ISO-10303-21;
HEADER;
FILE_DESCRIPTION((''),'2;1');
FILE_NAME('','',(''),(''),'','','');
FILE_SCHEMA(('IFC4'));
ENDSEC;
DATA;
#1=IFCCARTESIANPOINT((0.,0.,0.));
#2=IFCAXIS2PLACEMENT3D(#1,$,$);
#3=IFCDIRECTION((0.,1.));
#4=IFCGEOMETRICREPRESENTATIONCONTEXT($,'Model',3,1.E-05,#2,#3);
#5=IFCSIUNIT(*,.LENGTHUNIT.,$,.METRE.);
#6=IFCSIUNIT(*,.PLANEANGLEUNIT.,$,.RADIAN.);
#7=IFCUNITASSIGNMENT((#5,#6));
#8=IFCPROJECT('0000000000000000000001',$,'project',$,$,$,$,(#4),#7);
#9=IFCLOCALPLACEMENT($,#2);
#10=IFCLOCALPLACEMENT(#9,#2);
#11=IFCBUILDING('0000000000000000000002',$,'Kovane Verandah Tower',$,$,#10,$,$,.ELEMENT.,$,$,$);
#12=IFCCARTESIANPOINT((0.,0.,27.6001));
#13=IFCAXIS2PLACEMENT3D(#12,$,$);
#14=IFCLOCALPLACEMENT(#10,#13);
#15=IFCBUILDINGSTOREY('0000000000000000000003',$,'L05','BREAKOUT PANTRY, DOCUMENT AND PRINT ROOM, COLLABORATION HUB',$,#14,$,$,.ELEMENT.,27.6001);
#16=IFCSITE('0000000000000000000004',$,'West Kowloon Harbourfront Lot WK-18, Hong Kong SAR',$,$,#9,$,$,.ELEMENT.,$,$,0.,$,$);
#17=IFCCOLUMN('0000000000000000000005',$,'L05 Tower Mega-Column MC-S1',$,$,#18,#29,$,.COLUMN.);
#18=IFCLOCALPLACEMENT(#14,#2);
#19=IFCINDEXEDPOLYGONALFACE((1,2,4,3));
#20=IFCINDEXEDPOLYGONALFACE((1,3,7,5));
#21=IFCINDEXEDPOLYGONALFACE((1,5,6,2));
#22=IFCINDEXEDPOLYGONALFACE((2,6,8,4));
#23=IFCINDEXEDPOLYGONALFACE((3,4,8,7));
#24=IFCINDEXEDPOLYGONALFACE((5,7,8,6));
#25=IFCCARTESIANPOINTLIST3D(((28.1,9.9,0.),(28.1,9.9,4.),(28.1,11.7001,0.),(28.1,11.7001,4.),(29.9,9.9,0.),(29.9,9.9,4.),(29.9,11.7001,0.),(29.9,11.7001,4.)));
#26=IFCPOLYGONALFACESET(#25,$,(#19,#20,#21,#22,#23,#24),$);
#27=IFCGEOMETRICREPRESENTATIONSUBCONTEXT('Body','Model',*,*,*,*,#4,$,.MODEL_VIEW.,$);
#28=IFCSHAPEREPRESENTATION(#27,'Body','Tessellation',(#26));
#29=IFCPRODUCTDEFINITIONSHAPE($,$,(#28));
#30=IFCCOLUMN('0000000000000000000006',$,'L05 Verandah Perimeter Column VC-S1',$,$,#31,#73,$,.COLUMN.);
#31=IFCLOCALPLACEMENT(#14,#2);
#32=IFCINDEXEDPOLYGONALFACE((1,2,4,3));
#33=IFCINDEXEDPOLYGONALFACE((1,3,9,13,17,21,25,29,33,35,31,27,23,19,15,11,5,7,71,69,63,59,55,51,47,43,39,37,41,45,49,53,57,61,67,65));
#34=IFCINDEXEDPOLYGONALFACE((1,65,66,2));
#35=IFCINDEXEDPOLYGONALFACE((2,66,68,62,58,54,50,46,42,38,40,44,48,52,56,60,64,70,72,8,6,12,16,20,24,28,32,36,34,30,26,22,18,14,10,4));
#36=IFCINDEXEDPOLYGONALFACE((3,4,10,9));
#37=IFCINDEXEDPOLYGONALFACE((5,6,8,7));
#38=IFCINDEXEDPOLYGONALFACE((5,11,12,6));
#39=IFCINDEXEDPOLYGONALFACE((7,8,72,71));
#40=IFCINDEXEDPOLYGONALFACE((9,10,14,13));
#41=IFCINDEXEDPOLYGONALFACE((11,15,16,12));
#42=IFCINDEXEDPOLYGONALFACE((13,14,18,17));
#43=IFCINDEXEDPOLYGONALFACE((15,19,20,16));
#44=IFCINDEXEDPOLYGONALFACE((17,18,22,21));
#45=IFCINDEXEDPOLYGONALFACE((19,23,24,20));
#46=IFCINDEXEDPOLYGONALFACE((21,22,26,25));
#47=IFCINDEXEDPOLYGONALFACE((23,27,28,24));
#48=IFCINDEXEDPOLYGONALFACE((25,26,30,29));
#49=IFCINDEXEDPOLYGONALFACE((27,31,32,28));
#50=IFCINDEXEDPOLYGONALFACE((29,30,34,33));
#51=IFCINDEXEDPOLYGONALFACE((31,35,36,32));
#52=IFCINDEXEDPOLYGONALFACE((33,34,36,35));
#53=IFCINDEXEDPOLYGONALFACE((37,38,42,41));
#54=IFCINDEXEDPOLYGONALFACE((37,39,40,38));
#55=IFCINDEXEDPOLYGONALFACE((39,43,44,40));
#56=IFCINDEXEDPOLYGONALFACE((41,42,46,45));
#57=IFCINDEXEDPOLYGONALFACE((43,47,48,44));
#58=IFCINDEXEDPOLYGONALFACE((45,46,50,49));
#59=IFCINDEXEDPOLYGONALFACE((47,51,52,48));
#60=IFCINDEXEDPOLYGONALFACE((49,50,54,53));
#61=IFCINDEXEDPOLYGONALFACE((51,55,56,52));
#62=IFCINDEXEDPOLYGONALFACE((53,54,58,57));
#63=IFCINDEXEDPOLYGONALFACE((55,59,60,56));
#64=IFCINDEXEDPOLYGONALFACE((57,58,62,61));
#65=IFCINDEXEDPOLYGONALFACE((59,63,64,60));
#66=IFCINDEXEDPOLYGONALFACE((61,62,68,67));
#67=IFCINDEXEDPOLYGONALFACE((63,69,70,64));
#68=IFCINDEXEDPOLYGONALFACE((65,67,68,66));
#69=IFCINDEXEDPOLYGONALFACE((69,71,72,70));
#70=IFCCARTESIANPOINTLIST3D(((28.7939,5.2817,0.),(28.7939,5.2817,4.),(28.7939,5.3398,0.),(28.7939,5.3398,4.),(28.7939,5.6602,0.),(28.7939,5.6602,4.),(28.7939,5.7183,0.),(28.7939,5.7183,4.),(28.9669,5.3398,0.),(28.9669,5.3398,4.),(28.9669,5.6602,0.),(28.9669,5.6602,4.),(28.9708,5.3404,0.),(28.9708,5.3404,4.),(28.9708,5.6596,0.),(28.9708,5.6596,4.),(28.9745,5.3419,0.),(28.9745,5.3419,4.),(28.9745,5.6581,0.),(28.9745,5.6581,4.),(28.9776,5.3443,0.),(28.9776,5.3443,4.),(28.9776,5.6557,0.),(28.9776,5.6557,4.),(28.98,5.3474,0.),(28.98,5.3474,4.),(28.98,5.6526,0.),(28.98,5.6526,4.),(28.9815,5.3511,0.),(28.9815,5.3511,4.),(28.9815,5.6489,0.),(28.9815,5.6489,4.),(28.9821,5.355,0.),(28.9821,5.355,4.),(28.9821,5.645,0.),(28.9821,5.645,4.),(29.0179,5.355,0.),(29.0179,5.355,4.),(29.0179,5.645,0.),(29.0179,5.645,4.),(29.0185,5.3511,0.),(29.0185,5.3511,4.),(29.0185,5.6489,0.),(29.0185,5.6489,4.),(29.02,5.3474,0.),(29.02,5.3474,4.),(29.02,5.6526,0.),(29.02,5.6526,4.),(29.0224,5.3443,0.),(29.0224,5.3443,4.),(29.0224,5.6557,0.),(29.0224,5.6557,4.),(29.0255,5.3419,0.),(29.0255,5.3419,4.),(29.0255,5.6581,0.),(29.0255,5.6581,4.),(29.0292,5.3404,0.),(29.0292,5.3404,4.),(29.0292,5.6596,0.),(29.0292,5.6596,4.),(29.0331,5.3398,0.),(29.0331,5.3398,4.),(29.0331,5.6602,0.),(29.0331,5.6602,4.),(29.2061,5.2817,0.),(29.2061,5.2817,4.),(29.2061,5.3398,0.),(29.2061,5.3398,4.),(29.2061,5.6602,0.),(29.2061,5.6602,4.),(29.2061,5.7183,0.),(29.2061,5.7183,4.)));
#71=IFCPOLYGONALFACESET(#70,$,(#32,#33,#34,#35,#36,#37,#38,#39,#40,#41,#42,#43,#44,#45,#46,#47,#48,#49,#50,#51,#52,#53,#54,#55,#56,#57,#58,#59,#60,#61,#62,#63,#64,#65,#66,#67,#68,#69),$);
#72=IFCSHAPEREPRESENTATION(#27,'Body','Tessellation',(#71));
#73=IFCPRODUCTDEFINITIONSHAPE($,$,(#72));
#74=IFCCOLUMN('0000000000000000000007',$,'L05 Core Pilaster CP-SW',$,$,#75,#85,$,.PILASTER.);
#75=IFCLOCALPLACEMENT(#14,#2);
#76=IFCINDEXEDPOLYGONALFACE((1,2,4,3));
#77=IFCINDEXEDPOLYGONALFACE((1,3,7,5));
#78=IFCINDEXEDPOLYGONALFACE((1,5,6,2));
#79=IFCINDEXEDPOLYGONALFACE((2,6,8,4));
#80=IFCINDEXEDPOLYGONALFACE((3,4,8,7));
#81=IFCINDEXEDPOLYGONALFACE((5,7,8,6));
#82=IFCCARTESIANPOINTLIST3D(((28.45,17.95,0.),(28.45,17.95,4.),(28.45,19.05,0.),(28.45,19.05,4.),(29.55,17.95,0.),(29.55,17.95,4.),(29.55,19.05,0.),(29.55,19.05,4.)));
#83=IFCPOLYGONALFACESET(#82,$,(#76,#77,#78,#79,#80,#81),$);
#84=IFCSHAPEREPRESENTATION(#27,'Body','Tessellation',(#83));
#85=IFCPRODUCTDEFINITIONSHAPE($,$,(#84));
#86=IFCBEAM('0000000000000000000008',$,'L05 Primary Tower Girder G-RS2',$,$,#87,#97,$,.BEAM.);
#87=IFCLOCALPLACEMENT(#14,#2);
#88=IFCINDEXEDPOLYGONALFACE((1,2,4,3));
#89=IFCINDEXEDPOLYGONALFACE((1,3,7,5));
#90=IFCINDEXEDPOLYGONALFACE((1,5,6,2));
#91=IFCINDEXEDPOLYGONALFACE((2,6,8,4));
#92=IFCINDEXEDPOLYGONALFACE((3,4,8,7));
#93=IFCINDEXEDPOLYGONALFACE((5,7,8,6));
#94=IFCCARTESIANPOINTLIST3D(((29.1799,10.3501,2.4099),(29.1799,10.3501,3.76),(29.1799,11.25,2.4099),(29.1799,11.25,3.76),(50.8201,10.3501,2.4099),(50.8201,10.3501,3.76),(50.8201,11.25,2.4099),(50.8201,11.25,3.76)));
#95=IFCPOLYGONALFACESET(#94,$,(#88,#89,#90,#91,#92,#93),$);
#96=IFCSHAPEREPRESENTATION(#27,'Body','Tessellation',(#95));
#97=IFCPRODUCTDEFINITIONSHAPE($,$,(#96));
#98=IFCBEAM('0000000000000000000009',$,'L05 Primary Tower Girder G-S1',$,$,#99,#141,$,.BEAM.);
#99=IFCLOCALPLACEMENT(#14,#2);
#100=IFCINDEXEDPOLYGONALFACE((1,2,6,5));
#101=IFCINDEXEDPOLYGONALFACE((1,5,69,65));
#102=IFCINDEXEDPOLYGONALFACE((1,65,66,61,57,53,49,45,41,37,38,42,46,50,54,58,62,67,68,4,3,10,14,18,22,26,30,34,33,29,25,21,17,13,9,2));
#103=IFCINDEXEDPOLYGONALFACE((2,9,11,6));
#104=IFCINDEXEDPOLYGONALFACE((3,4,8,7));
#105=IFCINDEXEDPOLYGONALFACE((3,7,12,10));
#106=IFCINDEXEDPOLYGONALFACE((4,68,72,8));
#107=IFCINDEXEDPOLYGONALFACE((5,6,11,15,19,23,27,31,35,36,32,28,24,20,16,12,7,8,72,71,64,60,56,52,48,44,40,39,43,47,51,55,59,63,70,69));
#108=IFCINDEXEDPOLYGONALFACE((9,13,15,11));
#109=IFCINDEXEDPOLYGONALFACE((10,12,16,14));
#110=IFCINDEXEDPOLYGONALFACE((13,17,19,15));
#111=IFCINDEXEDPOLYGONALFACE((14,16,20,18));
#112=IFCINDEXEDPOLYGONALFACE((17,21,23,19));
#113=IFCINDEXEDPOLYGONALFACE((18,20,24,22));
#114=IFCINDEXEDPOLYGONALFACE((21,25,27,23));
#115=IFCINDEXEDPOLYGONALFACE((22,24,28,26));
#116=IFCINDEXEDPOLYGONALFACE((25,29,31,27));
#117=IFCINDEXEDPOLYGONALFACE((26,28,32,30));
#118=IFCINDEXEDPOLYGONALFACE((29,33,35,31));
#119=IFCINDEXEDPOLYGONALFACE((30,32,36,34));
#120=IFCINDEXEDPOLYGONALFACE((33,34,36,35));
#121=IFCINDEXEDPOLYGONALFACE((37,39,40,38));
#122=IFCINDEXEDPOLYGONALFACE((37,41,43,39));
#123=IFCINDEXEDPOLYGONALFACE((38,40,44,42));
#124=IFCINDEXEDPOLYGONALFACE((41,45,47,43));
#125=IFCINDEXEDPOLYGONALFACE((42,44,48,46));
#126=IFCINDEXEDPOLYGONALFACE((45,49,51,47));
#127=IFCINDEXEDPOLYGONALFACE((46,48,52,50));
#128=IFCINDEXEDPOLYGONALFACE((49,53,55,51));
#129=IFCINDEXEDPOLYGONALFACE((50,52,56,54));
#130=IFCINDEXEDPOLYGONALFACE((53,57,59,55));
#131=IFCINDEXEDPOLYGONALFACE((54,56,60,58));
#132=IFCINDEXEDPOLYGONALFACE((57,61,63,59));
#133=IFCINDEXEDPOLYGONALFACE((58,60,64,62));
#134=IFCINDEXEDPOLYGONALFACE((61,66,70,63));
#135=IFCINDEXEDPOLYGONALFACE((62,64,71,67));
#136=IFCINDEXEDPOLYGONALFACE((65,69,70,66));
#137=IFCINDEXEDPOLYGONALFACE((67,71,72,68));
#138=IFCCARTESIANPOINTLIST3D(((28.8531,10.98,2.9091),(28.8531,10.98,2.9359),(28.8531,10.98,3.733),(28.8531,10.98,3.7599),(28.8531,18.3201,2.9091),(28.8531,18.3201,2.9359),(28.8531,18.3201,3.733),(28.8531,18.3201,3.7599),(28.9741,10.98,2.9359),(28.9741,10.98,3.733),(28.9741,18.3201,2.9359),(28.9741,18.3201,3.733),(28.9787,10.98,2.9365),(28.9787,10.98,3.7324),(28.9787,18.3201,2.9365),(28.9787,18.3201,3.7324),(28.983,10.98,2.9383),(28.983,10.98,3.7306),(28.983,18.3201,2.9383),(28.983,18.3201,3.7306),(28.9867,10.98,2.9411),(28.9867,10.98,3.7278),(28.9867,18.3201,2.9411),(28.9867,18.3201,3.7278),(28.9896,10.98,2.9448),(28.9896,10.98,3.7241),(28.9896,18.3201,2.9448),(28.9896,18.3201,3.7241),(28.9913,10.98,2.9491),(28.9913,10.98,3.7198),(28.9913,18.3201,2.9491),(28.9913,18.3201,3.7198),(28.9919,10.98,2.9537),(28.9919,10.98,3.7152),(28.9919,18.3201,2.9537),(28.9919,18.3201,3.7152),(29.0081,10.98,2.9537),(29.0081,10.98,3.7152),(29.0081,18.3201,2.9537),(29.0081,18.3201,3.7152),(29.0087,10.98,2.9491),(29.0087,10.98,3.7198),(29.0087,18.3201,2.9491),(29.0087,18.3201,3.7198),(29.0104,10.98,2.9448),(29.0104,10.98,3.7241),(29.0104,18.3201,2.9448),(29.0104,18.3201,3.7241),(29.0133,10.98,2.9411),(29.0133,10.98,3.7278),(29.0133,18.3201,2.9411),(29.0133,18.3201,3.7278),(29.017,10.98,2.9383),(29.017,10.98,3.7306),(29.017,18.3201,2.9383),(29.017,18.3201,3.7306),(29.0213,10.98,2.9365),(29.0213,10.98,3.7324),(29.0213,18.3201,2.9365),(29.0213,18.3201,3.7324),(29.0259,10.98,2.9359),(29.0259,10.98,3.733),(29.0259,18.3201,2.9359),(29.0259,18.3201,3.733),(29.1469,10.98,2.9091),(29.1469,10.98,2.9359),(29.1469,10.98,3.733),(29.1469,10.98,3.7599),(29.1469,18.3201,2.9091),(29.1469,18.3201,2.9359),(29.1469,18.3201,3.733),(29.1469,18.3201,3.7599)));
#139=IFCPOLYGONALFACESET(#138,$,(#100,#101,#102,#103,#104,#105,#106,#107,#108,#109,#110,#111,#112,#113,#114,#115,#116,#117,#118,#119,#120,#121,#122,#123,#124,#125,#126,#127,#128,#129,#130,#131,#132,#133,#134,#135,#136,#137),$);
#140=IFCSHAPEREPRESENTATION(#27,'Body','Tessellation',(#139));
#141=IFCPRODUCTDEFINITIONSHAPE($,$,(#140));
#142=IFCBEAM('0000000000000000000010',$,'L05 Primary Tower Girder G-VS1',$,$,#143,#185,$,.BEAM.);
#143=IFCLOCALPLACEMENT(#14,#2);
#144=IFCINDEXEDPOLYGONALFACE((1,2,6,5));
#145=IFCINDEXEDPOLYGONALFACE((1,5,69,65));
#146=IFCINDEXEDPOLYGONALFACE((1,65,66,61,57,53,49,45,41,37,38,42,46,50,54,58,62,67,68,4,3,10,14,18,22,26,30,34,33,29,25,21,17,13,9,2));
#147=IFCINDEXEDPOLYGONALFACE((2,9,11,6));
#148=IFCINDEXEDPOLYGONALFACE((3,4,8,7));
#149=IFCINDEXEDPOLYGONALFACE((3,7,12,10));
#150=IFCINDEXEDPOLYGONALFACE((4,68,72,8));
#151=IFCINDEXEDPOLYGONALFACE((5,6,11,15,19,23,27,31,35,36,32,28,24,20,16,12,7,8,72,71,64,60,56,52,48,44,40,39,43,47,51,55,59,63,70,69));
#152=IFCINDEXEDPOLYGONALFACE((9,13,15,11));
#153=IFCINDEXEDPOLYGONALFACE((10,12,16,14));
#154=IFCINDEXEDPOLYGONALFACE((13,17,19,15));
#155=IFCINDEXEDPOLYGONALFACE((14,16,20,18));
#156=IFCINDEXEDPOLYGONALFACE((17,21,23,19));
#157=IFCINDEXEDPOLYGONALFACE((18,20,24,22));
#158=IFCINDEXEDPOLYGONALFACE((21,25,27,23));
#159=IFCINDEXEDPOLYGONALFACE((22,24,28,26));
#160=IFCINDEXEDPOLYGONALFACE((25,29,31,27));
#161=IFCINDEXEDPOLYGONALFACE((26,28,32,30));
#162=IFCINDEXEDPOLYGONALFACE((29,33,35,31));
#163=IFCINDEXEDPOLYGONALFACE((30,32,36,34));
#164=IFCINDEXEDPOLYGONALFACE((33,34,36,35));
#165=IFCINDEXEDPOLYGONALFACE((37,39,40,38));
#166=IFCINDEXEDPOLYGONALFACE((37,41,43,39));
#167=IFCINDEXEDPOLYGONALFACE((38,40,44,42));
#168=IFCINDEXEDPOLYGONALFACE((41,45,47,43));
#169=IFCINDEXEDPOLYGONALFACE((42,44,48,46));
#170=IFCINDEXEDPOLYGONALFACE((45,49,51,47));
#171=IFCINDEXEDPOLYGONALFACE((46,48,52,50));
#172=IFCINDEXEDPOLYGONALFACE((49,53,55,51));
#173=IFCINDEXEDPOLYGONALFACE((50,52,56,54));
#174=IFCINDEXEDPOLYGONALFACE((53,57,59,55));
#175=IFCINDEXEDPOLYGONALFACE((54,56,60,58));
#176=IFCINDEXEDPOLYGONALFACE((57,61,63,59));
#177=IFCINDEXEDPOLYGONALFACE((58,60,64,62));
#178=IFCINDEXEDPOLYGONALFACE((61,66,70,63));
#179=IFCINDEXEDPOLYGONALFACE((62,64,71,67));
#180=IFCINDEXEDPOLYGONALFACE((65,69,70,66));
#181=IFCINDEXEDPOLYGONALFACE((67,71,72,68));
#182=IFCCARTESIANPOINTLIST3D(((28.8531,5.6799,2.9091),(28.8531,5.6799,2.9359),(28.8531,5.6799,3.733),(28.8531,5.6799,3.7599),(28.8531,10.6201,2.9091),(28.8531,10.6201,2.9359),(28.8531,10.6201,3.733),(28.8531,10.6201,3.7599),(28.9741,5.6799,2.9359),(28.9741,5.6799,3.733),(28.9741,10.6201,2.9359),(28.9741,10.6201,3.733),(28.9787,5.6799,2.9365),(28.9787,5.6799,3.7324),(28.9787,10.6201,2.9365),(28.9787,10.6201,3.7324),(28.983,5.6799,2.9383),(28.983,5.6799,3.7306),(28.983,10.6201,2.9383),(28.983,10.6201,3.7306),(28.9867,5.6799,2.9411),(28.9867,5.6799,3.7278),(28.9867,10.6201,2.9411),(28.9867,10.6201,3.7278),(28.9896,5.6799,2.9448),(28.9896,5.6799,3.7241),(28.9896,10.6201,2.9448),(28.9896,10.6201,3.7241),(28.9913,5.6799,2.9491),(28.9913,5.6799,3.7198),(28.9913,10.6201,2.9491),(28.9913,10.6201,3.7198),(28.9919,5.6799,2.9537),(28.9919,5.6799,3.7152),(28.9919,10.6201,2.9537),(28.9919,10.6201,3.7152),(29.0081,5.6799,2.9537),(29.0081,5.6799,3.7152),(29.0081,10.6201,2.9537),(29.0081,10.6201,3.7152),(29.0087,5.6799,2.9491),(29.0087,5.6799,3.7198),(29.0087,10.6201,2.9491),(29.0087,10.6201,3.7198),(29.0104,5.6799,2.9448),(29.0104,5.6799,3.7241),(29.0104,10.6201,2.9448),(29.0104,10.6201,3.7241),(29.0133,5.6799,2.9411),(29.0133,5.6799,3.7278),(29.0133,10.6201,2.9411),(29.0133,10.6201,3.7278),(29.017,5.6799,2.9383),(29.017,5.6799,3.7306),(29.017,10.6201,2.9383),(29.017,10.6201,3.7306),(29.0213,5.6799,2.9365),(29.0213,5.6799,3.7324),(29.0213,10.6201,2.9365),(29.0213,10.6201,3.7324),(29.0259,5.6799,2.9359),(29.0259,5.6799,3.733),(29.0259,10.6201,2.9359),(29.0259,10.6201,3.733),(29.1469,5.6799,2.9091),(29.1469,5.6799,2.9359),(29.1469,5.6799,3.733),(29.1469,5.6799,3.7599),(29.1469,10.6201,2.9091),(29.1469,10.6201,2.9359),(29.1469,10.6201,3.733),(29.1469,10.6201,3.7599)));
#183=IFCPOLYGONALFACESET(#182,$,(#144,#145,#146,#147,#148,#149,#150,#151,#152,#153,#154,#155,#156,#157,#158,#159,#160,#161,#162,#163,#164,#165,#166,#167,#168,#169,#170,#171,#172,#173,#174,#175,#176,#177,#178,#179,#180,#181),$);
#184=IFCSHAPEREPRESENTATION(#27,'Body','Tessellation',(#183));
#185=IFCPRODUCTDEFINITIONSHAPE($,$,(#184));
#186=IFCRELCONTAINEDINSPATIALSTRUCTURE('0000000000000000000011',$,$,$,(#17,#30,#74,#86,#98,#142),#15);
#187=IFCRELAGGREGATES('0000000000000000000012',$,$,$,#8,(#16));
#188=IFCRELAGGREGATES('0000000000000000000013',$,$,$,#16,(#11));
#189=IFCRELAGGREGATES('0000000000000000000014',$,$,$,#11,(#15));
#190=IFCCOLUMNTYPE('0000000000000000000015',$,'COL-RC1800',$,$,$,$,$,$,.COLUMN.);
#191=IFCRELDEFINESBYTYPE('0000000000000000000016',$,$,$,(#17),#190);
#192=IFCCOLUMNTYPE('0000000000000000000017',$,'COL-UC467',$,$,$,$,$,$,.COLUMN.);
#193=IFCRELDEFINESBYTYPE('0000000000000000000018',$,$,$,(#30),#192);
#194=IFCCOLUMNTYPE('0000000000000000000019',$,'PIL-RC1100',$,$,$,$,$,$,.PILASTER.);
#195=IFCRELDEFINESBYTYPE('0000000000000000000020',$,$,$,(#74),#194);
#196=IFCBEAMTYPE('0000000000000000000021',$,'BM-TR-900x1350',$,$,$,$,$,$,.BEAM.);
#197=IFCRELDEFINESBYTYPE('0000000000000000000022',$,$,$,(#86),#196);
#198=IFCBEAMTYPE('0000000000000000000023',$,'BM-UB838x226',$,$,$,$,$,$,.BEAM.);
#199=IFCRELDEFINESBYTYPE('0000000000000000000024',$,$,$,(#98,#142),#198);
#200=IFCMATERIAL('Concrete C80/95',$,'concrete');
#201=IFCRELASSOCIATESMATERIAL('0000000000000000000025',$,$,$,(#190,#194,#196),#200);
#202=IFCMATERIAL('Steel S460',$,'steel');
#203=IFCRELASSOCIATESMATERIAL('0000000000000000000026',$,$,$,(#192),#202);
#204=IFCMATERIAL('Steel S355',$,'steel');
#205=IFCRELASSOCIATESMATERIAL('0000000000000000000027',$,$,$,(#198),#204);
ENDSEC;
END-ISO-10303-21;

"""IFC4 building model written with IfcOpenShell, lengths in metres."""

from ifc_helpers import new_model, si_unit, direction, frame, origin, origin_2d, place, context, subcontext, project, spatial, rectangle, i_section, extrude, material, material_profile, profile_set, type_object, element, save


model = new_model("IFC4")

# Units and contexts
model_context = context("Model", 3, precision=1e-05, world=origin(), true_north=direction((0.0, 1.0)))
body_context = subcontext(model_context, "Body", "Model", "MODEL_VIEW")
ifc_project = project(units=[si_unit("LENGTHUNIT", "METRE"), si_unit("PLANEANGLEUNIT", "RADIAN")], contexts=[model_context])

# Site, building, storey
site_placement = place(None, origin())
site = spatial("IfcSite", under=ifc_project, at=site_placement, Name="West Kowloon Harbourfront Lot WK-18, Hong Kong SAR", CompositionType="ELEMENT", RefElevation=0.0)
building_placement = place(site_placement, origin())
building = spatial("IfcBuilding", under=site, at=building_placement, Name="Kovane Verandah Tower", CompositionType="ELEMENT")
storey_placement = place(building_placement, frame((0.0, 0.0, 27.6001)))
storey = spatial("IfcBuildingStorey", under=building, at=storey_placement, Name="L05", Description="BREAKOUT PANTRY, DOCUMENT AND PRINT ROOM, COLLABORATION HUB", CompositionType="ELEMENT", Elevation=27.6001)

# Columns
ifc_material_1 = material(Name="Concrete C80/95", Category="concrete")
ifc_material_profile_1 = material_profile(ifc_material_1, rectangle(XDim=1.8, YDim=1.8, at=origin_2d()), Name="RC1800x1800")
ifc_profile_set_1 = profile_set([ifc_material_profile_1], Name="Concrete C80/95")
column_type_1 = type_object("IfcColumnType", Name="COL-RC1800", PredefinedType="COLUMN", material=ifc_profile_set_1)
column_1_placement = place(storey_placement, frame((29.0, 10.8, 0.0), z_axis=(0.0, 0.0, 1.0), x_axis=(1.0, 0.0, 0.0)))
element("IfcColumn", 1, at=column_1_placement, inside=storey, type_object=column_type_1, Name="L05 Tower Mega-Column MC-S1", PredefinedType="COLUMN", context=body_context, shape_type="SweptSolid", body=[
    extrude(rectangle(XDim=1.8, YDim=1.8, at=origin_2d()), origin(), (0.0, 0.0, 1.0), 4.0),
])
ifc_material_2 = material(Name="Steel S460", Category="steel")
ifc_material_profile_2 = material_profile(ifc_material_2, i_section(OverallWidth=0.4121, OverallDepth=0.4365, WebThickness=0.0359, FlangeThickness=0.0581, FilletRadius=0.0151, at=origin_2d()), Name="UC356x406x467")
ifc_profile_set_2 = profile_set([ifc_material_profile_2], Name="Steel S460")
column_type_2 = type_object("IfcColumnType", Name="COL-UC467", PredefinedType="COLUMN", material=ifc_profile_set_2)
column_2_placement = place(storey_placement, frame((29.0, 5.5, 0.0), z_axis=(0.0, 0.0, 1.0), x_axis=(1.0, 0.0, 0.0)))
element("IfcColumn", 2, at=column_2_placement, inside=storey, type_object=column_type_2, Name="L05 Verandah Perimeter Column VC-S1", PredefinedType="COLUMN", context=body_context, shape_type="SweptSolid", body=[
    extrude(i_section(OverallWidth=0.4121, OverallDepth=0.4365, WebThickness=0.0359, FlangeThickness=0.0581, FilletRadius=0.0151, at=origin_2d()), origin(), (0.0, 0.0, 1.0), 4.0),
])
ifc_material_profile_3 = material_profile(ifc_material_1, rectangle(XDim=1.1001, YDim=1.1001, at=origin_2d()), Name="RC1100x1100")
ifc_profile_set_3 = profile_set([ifc_material_profile_3], Name="Concrete C80/95")
column_type_3 = type_object("IfcColumnType", Name="PIL-RC1100", PredefinedType="PILASTER", material=ifc_profile_set_3)
column_3_placement = place(storey_placement, frame((29.0, 18.5, 0.0), z_axis=(0.0, 0.0, 1.0), x_axis=(1.0, 0.0, 0.0)))
element("IfcColumn", 3, at=column_3_placement, inside=storey, type_object=column_type_3, Name="L05 Core Pilaster CP-SW", PredefinedType="PILASTER", context=body_context, shape_type="SweptSolid", body=[
    extrude(rectangle(XDim=1.1001, YDim=1.1001, at=origin_2d()), origin(), (0.0, 0.0, 1.0), 4.0),
])

# Beams
ifc_material_profile_4 = material_profile(ifc_material_1, rectangle(XDim=0.8999, YDim=1.3501, at=origin_2d()), Name="RCB900x1350")
ifc_profile_set_4 = profile_set([ifc_material_profile_4], Name="Concrete C80/95")
beam_type_1 = type_object("IfcBeamType", Name="BM-TR-900x1350", PredefinedType="BEAM", material=ifc_profile_set_4)
beam_1_placement = place(storey_placement, frame((29.1799, 10.8, 3.085), z_axis=(1.0, 0.0, 0.0), x_axis=(0.0, 1.0, 0.0)))
element("IfcBeam", 4, at=beam_1_placement, inside=storey, type_object=beam_type_1, Name="L05 Primary Tower Girder G-RS2", PredefinedType="BEAM", context=body_context, shape_type="SweptSolid", body=[
    extrude(rectangle(XDim=0.8999, YDim=1.3501, at=origin_2d()), origin(), (0.0, 0.0, 1.0), 21.6401),
])
ifc_material_3 = material(Name="Steel S355", Category="steel")
ifc_material_profile_5 = material_profile(ifc_material_3, i_section(OverallWidth=0.2937, OverallDepth=0.8508, WebThickness=0.0161, FlangeThickness=0.0269, FilletRadius=0.0178, at=origin_2d()), Name="UB838x292x226")
ifc_profile_set_5 = profile_set([ifc_material_profile_5], Name="Steel S355")
beam_type_2 = type_object("IfcBeamType", Name="BM-UB838x226", PredefinedType="BEAM", material=ifc_profile_set_5)
beam_2_placement = place(storey_placement, frame((29.0, 18.3201, 3.3345), z_axis=(0.0, -1.0, 0.0), x_axis=(1.0, 0.0, 0.0)))
element("IfcBeam", 5, at=beam_2_placement, inside=storey, type_object=beam_type_2, Name="L05 Primary Tower Girder G-S1", PredefinedType="BEAM", context=body_context, shape_type="SweptSolid", body=[
    extrude(i_section(OverallWidth=0.2937, OverallDepth=0.8508, WebThickness=0.0161, FlangeThickness=0.0269, FilletRadius=0.0178, at=origin_2d()), origin(), (0.0, 0.0, 1.0), 7.3401),
])
beam_3_placement = place(storey_placement, frame((29.0, 10.6201, 3.3345), z_axis=(0.0, -1.0, 0.0), x_axis=(1.0, 0.0, 0.0)))
element("IfcBeam", 6, at=beam_3_placement, inside=storey, type_object=beam_type_2, Name="L05 Primary Tower Girder G-VS1", PredefinedType="BEAM", context=body_context, shape_type="SweptSolid", body=[
    extrude(i_section(OverallWidth=0.2937, OverallDepth=0.8508, WebThickness=0.0161, FlangeThickness=0.0269, FilletRadius=0.0178, at=origin_2d()), origin(), (0.0, 0.0, 1.0), 4.9402),
])

save(model, "model.ifc")
